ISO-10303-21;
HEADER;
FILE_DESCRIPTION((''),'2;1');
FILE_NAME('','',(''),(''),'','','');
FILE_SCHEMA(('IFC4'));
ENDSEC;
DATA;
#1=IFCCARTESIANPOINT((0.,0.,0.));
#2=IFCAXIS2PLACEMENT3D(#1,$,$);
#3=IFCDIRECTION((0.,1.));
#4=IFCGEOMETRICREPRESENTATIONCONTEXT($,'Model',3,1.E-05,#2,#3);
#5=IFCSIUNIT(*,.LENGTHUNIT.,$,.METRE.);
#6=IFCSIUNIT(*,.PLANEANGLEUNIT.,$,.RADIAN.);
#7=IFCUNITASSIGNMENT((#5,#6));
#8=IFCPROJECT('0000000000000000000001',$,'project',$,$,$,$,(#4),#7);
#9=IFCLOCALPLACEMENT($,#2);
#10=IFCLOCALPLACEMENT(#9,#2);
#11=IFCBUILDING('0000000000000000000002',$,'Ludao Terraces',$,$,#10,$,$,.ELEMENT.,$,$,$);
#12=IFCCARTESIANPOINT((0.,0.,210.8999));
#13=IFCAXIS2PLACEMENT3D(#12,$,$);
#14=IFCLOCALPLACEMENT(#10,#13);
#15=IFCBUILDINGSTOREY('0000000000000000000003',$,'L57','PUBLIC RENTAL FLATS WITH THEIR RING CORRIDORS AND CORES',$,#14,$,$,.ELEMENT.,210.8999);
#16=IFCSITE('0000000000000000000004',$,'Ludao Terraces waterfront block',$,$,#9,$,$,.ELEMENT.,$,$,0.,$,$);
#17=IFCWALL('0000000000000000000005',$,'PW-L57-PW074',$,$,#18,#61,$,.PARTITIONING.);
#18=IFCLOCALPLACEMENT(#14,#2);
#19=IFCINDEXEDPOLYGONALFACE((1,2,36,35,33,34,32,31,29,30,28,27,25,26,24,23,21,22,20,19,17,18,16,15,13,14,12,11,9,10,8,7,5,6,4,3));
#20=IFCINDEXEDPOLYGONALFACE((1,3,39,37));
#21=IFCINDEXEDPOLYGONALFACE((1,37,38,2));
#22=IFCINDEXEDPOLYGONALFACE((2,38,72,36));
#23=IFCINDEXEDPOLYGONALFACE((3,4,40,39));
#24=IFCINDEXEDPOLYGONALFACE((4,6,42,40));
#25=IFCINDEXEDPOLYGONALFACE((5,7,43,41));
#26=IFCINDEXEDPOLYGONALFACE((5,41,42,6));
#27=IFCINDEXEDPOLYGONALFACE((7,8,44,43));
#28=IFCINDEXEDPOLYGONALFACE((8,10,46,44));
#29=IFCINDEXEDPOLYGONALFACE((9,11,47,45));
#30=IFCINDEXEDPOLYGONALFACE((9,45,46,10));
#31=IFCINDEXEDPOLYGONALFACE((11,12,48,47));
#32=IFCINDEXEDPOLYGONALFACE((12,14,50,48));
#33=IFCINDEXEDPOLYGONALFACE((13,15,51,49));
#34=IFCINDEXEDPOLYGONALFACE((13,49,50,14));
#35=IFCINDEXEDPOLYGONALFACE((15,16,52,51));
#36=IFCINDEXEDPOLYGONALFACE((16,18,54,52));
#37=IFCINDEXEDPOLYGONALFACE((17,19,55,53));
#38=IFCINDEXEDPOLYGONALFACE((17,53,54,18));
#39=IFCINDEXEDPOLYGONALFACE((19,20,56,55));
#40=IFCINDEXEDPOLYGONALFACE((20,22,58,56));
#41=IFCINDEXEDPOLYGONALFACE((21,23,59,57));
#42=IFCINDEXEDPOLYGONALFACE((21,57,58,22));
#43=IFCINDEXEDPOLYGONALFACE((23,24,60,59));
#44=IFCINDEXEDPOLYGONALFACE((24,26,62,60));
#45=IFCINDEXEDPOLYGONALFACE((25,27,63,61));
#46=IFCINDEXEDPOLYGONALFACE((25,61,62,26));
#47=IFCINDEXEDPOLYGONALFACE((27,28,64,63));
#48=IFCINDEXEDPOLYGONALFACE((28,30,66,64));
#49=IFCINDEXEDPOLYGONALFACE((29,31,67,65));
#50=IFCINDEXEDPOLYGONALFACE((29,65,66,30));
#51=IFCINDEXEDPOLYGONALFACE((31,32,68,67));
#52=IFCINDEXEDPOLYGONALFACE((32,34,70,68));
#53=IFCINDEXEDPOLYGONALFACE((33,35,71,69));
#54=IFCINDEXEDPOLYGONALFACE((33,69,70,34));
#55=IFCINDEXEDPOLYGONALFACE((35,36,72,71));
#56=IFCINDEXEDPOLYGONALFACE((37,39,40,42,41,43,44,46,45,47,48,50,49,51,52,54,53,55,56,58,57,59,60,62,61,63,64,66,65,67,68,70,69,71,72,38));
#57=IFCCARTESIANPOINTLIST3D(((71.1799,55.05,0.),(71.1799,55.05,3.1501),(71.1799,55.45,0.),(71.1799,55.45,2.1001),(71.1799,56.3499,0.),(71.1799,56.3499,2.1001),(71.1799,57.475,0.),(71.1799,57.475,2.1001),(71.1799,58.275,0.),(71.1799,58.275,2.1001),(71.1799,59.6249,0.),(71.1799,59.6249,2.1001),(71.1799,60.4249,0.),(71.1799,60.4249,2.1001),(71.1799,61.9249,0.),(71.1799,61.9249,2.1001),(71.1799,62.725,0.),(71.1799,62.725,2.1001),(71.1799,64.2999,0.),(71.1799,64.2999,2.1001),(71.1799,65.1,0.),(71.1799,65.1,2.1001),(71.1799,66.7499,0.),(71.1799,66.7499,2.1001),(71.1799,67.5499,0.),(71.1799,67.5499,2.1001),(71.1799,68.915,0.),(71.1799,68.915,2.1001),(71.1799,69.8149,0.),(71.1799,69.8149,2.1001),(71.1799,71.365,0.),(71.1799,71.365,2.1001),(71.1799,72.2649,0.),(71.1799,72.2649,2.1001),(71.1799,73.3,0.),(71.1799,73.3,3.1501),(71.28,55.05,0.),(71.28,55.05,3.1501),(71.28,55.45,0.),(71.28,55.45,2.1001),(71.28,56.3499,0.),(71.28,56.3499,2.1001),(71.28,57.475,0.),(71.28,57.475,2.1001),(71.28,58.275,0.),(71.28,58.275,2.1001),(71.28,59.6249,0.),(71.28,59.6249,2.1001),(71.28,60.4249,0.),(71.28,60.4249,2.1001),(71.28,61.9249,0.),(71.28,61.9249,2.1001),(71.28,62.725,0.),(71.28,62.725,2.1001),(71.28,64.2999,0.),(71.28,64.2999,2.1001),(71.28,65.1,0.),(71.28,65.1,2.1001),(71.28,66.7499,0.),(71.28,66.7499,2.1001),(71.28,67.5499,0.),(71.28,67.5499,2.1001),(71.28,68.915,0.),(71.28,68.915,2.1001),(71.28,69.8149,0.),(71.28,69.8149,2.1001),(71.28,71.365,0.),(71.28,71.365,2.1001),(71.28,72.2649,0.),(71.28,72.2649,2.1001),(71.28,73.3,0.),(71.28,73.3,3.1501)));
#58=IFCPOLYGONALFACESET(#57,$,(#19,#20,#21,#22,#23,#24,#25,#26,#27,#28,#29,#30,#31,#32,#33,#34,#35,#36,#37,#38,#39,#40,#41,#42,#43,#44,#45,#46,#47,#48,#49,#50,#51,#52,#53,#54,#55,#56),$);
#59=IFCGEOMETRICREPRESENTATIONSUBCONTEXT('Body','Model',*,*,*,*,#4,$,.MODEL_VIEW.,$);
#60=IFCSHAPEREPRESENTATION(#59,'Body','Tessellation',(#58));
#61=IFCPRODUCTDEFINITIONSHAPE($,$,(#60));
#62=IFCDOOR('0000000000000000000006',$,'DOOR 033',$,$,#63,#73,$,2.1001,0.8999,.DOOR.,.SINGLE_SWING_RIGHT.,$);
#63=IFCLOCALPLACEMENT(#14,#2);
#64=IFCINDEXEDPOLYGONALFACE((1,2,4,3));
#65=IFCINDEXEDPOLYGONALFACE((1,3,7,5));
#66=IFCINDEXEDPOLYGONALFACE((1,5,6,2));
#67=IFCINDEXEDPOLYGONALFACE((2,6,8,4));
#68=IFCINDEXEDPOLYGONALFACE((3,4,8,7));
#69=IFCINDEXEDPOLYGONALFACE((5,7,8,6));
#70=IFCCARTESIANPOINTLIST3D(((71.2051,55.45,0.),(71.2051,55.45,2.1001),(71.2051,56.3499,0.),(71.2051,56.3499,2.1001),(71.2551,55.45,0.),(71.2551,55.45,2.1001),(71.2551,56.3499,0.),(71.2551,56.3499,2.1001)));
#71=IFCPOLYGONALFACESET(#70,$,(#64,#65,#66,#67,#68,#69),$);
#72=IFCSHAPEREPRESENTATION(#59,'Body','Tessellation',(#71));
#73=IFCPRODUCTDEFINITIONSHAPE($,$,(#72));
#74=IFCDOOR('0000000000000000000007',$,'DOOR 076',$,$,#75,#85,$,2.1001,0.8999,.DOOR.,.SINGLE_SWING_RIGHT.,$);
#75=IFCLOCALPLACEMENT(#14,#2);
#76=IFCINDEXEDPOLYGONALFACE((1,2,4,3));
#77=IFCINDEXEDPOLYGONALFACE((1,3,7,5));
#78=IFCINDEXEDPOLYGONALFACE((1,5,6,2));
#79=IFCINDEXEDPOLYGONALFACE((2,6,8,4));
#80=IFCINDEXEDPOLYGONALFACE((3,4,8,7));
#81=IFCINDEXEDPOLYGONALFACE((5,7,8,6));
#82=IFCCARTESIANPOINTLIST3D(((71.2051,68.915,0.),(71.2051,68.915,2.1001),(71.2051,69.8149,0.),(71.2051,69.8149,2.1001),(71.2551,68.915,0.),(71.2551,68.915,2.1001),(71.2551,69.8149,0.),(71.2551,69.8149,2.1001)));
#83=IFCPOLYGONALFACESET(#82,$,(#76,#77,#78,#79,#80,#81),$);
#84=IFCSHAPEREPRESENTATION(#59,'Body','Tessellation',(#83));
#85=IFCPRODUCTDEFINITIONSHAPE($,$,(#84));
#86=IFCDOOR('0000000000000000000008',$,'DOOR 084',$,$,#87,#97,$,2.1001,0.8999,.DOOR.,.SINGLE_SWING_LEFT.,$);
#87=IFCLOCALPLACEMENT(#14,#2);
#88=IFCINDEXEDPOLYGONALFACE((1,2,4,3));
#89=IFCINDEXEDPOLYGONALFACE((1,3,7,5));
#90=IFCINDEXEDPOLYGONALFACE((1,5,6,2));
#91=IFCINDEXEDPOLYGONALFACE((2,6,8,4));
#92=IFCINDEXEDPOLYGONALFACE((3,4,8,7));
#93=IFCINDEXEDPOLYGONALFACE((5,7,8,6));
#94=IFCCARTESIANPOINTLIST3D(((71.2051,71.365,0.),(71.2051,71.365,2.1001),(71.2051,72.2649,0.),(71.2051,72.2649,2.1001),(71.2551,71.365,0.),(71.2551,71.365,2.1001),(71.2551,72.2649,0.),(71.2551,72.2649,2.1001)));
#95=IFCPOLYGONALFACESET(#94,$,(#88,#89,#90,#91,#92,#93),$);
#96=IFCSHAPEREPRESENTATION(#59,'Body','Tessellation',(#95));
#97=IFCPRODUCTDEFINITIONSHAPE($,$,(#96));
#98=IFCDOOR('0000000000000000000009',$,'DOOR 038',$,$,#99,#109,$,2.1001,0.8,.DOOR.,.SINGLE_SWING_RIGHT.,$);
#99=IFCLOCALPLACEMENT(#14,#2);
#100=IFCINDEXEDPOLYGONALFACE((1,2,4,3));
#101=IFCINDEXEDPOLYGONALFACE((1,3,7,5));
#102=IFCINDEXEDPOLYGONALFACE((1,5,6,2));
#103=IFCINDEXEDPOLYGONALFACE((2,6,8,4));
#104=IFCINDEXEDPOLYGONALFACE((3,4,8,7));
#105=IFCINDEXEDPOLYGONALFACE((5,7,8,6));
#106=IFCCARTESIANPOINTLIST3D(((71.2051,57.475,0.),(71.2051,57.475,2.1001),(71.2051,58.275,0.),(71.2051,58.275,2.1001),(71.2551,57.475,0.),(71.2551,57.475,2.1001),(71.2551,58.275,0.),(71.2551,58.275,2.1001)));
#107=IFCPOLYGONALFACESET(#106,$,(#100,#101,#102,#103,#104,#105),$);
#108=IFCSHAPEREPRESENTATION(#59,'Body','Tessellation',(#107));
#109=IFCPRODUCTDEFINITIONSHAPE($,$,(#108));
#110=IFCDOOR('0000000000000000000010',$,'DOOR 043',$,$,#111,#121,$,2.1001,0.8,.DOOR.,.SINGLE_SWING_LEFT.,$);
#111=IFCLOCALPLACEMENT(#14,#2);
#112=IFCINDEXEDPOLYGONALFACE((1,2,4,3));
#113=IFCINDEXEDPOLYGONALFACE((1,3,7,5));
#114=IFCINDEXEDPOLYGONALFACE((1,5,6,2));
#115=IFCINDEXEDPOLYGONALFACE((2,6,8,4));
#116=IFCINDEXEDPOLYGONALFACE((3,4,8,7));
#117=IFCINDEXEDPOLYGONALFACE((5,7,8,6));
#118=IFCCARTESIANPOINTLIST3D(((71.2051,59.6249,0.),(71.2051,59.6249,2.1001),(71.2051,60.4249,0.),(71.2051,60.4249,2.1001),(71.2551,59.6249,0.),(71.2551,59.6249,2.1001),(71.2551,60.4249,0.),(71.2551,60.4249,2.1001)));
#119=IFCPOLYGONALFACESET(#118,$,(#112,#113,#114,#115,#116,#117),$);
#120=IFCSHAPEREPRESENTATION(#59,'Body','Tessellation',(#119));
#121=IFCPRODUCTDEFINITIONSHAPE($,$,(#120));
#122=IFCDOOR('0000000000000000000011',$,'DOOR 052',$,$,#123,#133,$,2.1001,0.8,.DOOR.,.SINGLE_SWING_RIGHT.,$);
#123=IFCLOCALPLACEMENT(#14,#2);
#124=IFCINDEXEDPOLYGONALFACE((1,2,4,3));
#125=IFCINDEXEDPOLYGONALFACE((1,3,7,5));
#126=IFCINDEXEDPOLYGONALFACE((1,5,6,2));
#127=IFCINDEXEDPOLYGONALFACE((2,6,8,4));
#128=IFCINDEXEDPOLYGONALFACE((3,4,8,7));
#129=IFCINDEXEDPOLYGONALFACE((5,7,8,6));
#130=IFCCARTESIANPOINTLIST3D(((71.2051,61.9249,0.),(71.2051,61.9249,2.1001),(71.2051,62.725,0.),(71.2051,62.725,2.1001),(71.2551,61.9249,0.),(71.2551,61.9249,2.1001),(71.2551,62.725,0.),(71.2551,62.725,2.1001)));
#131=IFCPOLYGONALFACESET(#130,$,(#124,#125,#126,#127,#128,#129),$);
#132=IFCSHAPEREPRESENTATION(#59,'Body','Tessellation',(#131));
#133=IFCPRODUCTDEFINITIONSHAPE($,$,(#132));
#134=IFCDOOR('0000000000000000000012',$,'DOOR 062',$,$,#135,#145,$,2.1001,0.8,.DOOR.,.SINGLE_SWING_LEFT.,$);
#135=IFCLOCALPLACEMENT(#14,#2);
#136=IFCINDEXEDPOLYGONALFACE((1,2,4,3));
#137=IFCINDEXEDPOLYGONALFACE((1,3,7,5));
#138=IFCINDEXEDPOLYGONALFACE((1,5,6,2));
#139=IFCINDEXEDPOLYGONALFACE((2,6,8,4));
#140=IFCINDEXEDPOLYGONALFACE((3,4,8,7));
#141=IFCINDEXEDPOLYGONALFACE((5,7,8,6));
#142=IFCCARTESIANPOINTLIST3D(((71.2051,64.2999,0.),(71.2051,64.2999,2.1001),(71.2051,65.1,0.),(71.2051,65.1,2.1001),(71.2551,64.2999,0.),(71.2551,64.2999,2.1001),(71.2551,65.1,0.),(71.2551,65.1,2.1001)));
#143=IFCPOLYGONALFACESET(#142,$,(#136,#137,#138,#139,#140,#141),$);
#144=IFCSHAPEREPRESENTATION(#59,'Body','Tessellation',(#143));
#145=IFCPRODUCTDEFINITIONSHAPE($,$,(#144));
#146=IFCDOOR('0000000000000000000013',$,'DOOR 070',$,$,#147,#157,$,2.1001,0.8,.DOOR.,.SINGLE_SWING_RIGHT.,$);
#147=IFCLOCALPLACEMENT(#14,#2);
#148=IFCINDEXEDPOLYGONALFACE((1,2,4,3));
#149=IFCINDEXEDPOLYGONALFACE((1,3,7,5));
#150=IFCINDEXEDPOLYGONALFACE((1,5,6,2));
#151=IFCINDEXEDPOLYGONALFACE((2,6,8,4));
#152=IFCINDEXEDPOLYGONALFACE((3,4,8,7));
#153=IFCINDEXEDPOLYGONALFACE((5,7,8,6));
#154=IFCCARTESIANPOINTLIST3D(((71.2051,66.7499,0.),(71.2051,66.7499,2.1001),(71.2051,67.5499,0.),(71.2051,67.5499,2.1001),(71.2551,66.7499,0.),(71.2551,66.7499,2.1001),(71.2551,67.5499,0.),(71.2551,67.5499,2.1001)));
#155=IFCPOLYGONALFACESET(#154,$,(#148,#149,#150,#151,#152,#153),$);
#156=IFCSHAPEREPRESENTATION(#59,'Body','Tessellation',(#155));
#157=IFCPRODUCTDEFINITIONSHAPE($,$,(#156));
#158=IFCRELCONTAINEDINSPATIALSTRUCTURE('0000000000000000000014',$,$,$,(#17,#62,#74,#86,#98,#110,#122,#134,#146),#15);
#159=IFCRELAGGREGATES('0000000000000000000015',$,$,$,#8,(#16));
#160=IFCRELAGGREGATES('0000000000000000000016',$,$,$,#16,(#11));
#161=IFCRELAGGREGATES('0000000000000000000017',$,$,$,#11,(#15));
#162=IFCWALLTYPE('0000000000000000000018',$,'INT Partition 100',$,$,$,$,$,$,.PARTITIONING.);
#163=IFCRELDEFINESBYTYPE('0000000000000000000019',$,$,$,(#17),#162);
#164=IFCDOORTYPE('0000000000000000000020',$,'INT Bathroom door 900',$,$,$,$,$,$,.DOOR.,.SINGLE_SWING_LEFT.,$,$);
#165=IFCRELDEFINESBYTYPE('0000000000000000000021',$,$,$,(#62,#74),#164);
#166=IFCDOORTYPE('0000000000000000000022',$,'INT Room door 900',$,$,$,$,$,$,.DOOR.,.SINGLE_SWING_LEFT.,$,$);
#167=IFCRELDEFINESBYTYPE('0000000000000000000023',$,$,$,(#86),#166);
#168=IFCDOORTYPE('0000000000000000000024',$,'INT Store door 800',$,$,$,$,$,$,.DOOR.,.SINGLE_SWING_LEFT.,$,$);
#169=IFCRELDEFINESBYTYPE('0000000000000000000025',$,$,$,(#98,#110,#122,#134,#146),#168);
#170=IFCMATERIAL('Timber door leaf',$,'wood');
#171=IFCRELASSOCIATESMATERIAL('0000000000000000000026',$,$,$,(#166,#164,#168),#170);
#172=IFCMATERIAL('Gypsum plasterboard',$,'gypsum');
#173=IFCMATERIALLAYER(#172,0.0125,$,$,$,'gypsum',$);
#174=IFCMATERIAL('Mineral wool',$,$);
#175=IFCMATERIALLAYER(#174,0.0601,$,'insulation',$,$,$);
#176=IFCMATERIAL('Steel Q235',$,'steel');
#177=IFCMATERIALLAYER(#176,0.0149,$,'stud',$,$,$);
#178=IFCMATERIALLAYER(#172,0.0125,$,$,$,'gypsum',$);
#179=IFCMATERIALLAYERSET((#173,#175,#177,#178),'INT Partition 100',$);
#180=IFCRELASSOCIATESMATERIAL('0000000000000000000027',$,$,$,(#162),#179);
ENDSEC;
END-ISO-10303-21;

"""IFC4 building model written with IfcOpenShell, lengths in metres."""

from ifc_helpers import new_model, si_unit, direction, frame, frame_2d, origin, place, context, subcontext, project, spatial, rectangle, extrude, material, layer, layer_set, type_object, element, fill, save


model = new_model("IFC4")

# Units and contexts
model_context = context("Model", 3, precision=1e-05, world=origin(), true_north=direction((0.0, 1.0)))
body_context = subcontext(model_context, "Body", "Model", "MODEL_VIEW")
ifc_project = project(units=[si_unit("LENGTHUNIT", "METRE"), si_unit("PLANEANGLEUNIT", "RADIAN")], contexts=[model_context])

# Site, building, storey
site_placement = place(None, origin())
site = spatial("IfcSite", under=ifc_project, at=site_placement, Name="Ludao Terraces waterfront block", CompositionType="ELEMENT", RefElevation=0.0)
building_placement = place(site_placement, origin())
building = spatial("IfcBuilding", under=site, at=building_placement, Name="Ludao Terraces", CompositionType="ELEMENT")
storey_placement = place(building_placement, frame((0.0, 0.0, 210.8999)))
storey = spatial("IfcBuildingStorey", under=building, at=storey_placement, Name="L57", Description="PUBLIC RENTAL FLATS WITH THEIR RING CORRIDORS AND CORES", CompositionType="ELEMENT", Elevation=210.8999)

# Shared definitions
ifc_material_1 = material(Name="Steel Q235", Category="steel")
ifc_material_2 = material(Name="Timber door leaf", Category="wood")
door_type_1 = type_object("IfcDoorType", Name="INT Room door 900", OperationType="SINGLE_SWING_LEFT", PredefinedType="DOOR", material=ifc_material_2)

# Shared definitions
ifc_material_3 = material(Name="Gypsum plasterboard", Category="gypsum")
ifc_layer_1 = layer(ifc_material_3, 0.0125, Category="gypsum")
ifc_material_4 = material(Name="Mineral wool")
ifc_layer_2 = layer(ifc_material_4, 0.0601, Name="insulation")
ifc_layer_3 = layer(ifc_material_1, 0.0149, Name="stud")
ifc_layer_4 = layer(ifc_material_3, 0.0125, Category="gypsum")
ifc_layer_set_1 = layer_set([ifc_layer_1, ifc_layer_2, ifc_layer_3, ifc_layer_4], Name="INT Partition 100")
wall_type_1 = type_object("IfcWallType", Name="INT Partition 100", PredefinedType="PARTITIONING", material=ifc_layer_set_1)

# Wall, openings, doors
wall_1_placement = place(storey_placement, frame((71.23, 55.05, 0.0), z_axis=(0.0, 0.0, 1.0), x_axis=(0.0, 1.0, 0.0)))
wall_1 = element("IfcWall", 1, at=wall_1_placement, inside=storey, type_object=wall_type_1, Name="PW-L57-PW074", PredefinedType="PARTITIONING", context=body_context, shape_type="SweptSolid", body=[
    extrude(rectangle(XDim=18.25, YDim=0.1001, at=frame_2d((9.125, 0.0))), origin(), (0.0, 0.0, 1.0), 3.1501),
])
opening_1_placement = place(wall_1_placement, frame((0.3999, 0.0, 0.0)))
opening_1 = element("IfcOpeningElement", 2, at=opening_1_placement, cuts=wall_1, PredefinedType="OPENING", context=body_context, shape_type="SweptSolid", body=[
    extrude(rectangle(XDim=0.8999, YDim=2.1001, at=frame_2d((0.45, 1.05))), frame((0.0, 0.0601, 0.0), z_axis=(0.0, -1.0, 0.0), x_axis=(1.0, 0.0, 0.0)), (0.0, 0.0, 1.0), 0.1201),
])
opening_2_placement = place(wall_1_placement, frame((2.425, 0.0, 0.0)))
opening_2 = element("IfcOpeningElement", 3, at=opening_2_placement, cuts=wall_1, PredefinedType="OPENING", context=body_context, shape_type="SweptSolid", body=[
    extrude(rectangle(XDim=0.8, YDim=2.1001, at=frame_2d((0.3999, 1.05))), frame((0.0, 0.0601, 0.0), z_axis=(0.0, -1.0, 0.0), x_axis=(1.0, 0.0, 0.0)), (0.0, 0.0, 1.0), 0.1201),
])
opening_3_placement = place(wall_1_placement, frame((4.575, 0.0, 0.0)))
opening_3 = element("IfcOpeningElement", 4, at=opening_3_placement, cuts=wall_1, PredefinedType="OPENING", context=body_context, shape_type="SweptSolid", body=[
    extrude(rectangle(XDim=0.8, YDim=2.1001, at=frame_2d((0.3999, 1.05))), frame((0.0, 0.0601, 0.0), z_axis=(0.0, -1.0, 0.0), x_axis=(1.0, 0.0, 0.0)), (0.0, 0.0, 1.0), 0.1201),
])
opening_4_placement = place(wall_1_placement, frame((6.875, 0.0, 0.0)))
opening_4 = element("IfcOpeningElement", 5, at=opening_4_placement, cuts=wall_1, PredefinedType="OPENING", context=body_context, shape_type="SweptSolid", body=[
    extrude(rectangle(XDim=0.8, YDim=2.1001, at=frame_2d((0.3999, 1.05))), frame((0.0, 0.0601, 0.0), z_axis=(0.0, -1.0, 0.0), x_axis=(1.0, 0.0, 0.0)), (0.0, 0.0, 1.0), 0.1201),
])
opening_5_placement = place(wall_1_placement, frame((9.25, 0.0, 0.0)))
opening_5 = element("IfcOpeningElement", 6, at=opening_5_placement, cuts=wall_1, PredefinedType="OPENING", context=body_context, shape_type="SweptSolid", body=[
    extrude(rectangle(XDim=0.8, YDim=2.1001, at=frame_2d((0.3999, 1.05))), frame((0.0, 0.0601, 0.0), z_axis=(0.0, -1.0, 0.0), x_axis=(1.0, 0.0, 0.0)), (0.0, 0.0, 1.0), 0.1201),
])
opening_6_placement = place(wall_1_placement, frame((11.7, 0.0, 0.0)))
opening_6 = element("IfcOpeningElement", 7, at=opening_6_placement, cuts=wall_1, PredefinedType="OPENING", context=body_context, shape_type="SweptSolid", body=[
    extrude(rectangle(XDim=0.8, YDim=2.1001, at=frame_2d((0.3999, 1.05))), frame((0.0, 0.0601, 0.0), z_axis=(0.0, -1.0, 0.0), x_axis=(1.0, 0.0, 0.0)), (0.0, 0.0, 1.0), 0.1201),
])
opening_7_placement = place(wall_1_placement, frame((13.865, 0.0, 0.0)))
opening_7 = element("IfcOpeningElement", 8, at=opening_7_placement, cuts=wall_1, PredefinedType="OPENING", context=body_context, shape_type="SweptSolid", body=[
    extrude(rectangle(XDim=0.8999, YDim=2.1001, at=frame_2d((0.45, 1.05))), frame((0.0, 0.0601, 0.0), z_axis=(0.0, -1.0, 0.0), x_axis=(1.0, 0.0, 0.0)), (0.0, 0.0, 1.0), 0.1201),
])
opening_8_placement = place(wall_1_placement, frame((16.3149, 0.0, 0.0)))
opening_8 = element("IfcOpeningElement", 9, at=opening_8_placement, cuts=wall_1, PredefinedType="OPENING", context=body_context, shape_type="SweptSolid", body=[
    extrude(rectangle(XDim=0.8999, YDim=2.1001, at=frame_2d((0.45, 1.05))), frame((0.0, 0.0601, 0.0), z_axis=(0.0, -1.0, 0.0), x_axis=(1.0, 0.0, 0.0)), (0.0, 0.0, 1.0), 0.1201),
])
door_type_2 = type_object("IfcDoorType", Name="INT Bathroom door 900", OperationType="SINGLE_SWING_LEFT", PredefinedType="DOOR", material=ifc_material_2)
door_1_placement = place(opening_1_placement, origin())
door_1 = element("IfcDoor", 10, at=door_1_placement, inside=storey, type_object=door_type_2, Name="DOOR 033", OperationType="SINGLE_SWING_RIGHT", OverallHeight=2.1001, OverallWidth=0.8999, PredefinedType="DOOR", context=body_context, shape_type="SweptSolid", body=[
    extrude(rectangle(XDim=0.8999, YDim=2.1001, at=frame_2d((0.45, 1.05))), frame((0.0, 0.0249, 0.0), z_axis=(0.0, -1.0, 0.0), x_axis=(1.0, 0.0, 0.0)), (0.0, 0.0, 1.0), 0.05),
])
fill(opening_1, door_1)
door_2_placement = place(opening_7_placement, origin())
door_2 = element("IfcDoor", 11, at=door_2_placement, inside=storey, type_object=door_type_2, Name="DOOR 076", OperationType="SINGLE_SWING_RIGHT", OverallHeight=2.1001, OverallWidth=0.8999, PredefinedType="DOOR", context=body_context, shape_type="SweptSolid", body=[
    extrude(rectangle(XDim=0.8999, YDim=2.1001, at=frame_2d((0.45, 1.05))), frame((0.0, 0.0249, 0.0), z_axis=(0.0, -1.0, 0.0), x_axis=(1.0, 0.0, 0.0)), (0.0, 0.0, 1.0), 0.05),
])
fill(opening_7, door_2)
door_3_placement = place(opening_8_placement, origin())
door_3 = element("IfcDoor", 12, at=door_3_placement, inside=storey, type_object=door_type_1, Name="DOOR 084", OperationType="SINGLE_SWING_LEFT", OverallHeight=2.1001, OverallWidth=0.8999, PredefinedType="DOOR", context=body_context, shape_type="SweptSolid", body=[
    extrude(rectangle(XDim=0.8999, YDim=2.1001, at=frame_2d((0.45, 1.05))), frame((0.0, 0.0249, 0.0), z_axis=(0.0, -1.0, 0.0), x_axis=(1.0, 0.0, 0.0)), (0.0, 0.0, 1.0), 0.05),
])
fill(opening_8, door_3)
door_type_3 = type_object("IfcDoorType", Name="INT Store door 800", OperationType="SINGLE_SWING_LEFT", PredefinedType="DOOR", material=ifc_material_2)
door_4_placement = place(opening_2_placement, origin())
door_4 = element("IfcDoor", 13, at=door_4_placement, inside=storey, type_object=door_type_3, Name="DOOR 038", OperationType="SINGLE_SWING_RIGHT", OverallHeight=2.1001, OverallWidth=0.8, PredefinedType="DOOR", context=body_context, shape_type="SweptSolid", body=[
    extrude(rectangle(XDim=0.8, YDim=2.1001, at=frame_2d((0.3999, 1.05))), frame((0.0, 0.0249, 0.0), z_axis=(0.0, -1.0, 0.0), x_axis=(1.0, 0.0, 0.0)), (0.0, 0.0, 1.0), 0.05),
])
fill(opening_2, door_4)
door_5_placement = place(opening_3_placement, origin())
door_5 = element("IfcDoor", 14, at=door_5_placement, inside=storey, type_object=door_type_3, Name="DOOR 043", OperationType="SINGLE_SWING_LEFT", OverallHeight=2.1001, OverallWidth=0.8, PredefinedType="DOOR", context=body_context, shape_type="SweptSolid", body=[
    extrude(rectangle(XDim=0.8, YDim=2.1001, at=frame_2d((0.3999, 1.05))), frame((0.0, 0.0249, 0.0), z_axis=(0.0, -1.0, 0.0), x_axis=(1.0, 0.0, 0.0)), (0.0, 0.0, 1.0), 0.05),
])
fill(opening_3, door_5)
door_6_placement = place(opening_4_placement, origin())
door_6 = element("IfcDoor", 15, at=door_6_placement, inside=storey, type_object=door_type_3, Name="DOOR 052", OperationType="SINGLE_SWING_RIGHT", OverallHeight=2.1001, OverallWidth=0.8, PredefinedType="DOOR", context=body_context, shape_type="SweptSolid", body=[
    extrude(rectangle(XDim=0.8, YDim=2.1001, at=frame_2d((0.3999, 1.05))), frame((0.0, 0.0249, 0.0), z_axis=(0.0, -1.0, 0.0), x_axis=(1.0, 0.0, 0.0)), (0.0, 0.0, 1.0), 0.05),
])
fill(opening_4, door_6)
door_7_placement = place(opening_5_placement, origin())
door_7 = element("IfcDoor", 16, at=door_7_placement, inside=storey, type_object=door_type_3, Name="DOOR 062", OperationType="SINGLE_SWING_LEFT", OverallHeight=2.1001, OverallWidth=0.8, PredefinedType="DOOR", context=body_context, shape_type="SweptSolid", body=[
    extrude(rectangle(XDim=0.8, YDim=2.1001, at=frame_2d((0.3999, 1.05))), frame((0.0, 0.0249, 0.0), z_axis=(0.0, -1.0, 0.0), x_axis=(1.0, 0.0, 0.0)), (0.0, 0.0, 1.0), 0.05),
])
fill(opening_5, door_7)
door_8_placement = place(opening_6_placement, origin())
door_8 = element("IfcDoor", 17, at=door_8_placement, inside=storey, type_object=door_type_3, Name="DOOR 070", OperationType="SINGLE_SWING_RIGHT", OverallHeight=2.1001, OverallWidth=0.8, PredefinedType="DOOR", context=body_context, shape_type="SweptSolid", body=[
    extrude(rectangle(XDim=0.8, YDim=2.1001, at=frame_2d((0.3999, 1.05))), frame((0.0, 0.0249, 0.0), z_axis=(0.0, -1.0, 0.0), x_axis=(1.0, 0.0, 0.0)), (0.0, 0.0, 1.0), 0.05),
])
fill(opening_6, door_8)

save(model, "model.ifc")
